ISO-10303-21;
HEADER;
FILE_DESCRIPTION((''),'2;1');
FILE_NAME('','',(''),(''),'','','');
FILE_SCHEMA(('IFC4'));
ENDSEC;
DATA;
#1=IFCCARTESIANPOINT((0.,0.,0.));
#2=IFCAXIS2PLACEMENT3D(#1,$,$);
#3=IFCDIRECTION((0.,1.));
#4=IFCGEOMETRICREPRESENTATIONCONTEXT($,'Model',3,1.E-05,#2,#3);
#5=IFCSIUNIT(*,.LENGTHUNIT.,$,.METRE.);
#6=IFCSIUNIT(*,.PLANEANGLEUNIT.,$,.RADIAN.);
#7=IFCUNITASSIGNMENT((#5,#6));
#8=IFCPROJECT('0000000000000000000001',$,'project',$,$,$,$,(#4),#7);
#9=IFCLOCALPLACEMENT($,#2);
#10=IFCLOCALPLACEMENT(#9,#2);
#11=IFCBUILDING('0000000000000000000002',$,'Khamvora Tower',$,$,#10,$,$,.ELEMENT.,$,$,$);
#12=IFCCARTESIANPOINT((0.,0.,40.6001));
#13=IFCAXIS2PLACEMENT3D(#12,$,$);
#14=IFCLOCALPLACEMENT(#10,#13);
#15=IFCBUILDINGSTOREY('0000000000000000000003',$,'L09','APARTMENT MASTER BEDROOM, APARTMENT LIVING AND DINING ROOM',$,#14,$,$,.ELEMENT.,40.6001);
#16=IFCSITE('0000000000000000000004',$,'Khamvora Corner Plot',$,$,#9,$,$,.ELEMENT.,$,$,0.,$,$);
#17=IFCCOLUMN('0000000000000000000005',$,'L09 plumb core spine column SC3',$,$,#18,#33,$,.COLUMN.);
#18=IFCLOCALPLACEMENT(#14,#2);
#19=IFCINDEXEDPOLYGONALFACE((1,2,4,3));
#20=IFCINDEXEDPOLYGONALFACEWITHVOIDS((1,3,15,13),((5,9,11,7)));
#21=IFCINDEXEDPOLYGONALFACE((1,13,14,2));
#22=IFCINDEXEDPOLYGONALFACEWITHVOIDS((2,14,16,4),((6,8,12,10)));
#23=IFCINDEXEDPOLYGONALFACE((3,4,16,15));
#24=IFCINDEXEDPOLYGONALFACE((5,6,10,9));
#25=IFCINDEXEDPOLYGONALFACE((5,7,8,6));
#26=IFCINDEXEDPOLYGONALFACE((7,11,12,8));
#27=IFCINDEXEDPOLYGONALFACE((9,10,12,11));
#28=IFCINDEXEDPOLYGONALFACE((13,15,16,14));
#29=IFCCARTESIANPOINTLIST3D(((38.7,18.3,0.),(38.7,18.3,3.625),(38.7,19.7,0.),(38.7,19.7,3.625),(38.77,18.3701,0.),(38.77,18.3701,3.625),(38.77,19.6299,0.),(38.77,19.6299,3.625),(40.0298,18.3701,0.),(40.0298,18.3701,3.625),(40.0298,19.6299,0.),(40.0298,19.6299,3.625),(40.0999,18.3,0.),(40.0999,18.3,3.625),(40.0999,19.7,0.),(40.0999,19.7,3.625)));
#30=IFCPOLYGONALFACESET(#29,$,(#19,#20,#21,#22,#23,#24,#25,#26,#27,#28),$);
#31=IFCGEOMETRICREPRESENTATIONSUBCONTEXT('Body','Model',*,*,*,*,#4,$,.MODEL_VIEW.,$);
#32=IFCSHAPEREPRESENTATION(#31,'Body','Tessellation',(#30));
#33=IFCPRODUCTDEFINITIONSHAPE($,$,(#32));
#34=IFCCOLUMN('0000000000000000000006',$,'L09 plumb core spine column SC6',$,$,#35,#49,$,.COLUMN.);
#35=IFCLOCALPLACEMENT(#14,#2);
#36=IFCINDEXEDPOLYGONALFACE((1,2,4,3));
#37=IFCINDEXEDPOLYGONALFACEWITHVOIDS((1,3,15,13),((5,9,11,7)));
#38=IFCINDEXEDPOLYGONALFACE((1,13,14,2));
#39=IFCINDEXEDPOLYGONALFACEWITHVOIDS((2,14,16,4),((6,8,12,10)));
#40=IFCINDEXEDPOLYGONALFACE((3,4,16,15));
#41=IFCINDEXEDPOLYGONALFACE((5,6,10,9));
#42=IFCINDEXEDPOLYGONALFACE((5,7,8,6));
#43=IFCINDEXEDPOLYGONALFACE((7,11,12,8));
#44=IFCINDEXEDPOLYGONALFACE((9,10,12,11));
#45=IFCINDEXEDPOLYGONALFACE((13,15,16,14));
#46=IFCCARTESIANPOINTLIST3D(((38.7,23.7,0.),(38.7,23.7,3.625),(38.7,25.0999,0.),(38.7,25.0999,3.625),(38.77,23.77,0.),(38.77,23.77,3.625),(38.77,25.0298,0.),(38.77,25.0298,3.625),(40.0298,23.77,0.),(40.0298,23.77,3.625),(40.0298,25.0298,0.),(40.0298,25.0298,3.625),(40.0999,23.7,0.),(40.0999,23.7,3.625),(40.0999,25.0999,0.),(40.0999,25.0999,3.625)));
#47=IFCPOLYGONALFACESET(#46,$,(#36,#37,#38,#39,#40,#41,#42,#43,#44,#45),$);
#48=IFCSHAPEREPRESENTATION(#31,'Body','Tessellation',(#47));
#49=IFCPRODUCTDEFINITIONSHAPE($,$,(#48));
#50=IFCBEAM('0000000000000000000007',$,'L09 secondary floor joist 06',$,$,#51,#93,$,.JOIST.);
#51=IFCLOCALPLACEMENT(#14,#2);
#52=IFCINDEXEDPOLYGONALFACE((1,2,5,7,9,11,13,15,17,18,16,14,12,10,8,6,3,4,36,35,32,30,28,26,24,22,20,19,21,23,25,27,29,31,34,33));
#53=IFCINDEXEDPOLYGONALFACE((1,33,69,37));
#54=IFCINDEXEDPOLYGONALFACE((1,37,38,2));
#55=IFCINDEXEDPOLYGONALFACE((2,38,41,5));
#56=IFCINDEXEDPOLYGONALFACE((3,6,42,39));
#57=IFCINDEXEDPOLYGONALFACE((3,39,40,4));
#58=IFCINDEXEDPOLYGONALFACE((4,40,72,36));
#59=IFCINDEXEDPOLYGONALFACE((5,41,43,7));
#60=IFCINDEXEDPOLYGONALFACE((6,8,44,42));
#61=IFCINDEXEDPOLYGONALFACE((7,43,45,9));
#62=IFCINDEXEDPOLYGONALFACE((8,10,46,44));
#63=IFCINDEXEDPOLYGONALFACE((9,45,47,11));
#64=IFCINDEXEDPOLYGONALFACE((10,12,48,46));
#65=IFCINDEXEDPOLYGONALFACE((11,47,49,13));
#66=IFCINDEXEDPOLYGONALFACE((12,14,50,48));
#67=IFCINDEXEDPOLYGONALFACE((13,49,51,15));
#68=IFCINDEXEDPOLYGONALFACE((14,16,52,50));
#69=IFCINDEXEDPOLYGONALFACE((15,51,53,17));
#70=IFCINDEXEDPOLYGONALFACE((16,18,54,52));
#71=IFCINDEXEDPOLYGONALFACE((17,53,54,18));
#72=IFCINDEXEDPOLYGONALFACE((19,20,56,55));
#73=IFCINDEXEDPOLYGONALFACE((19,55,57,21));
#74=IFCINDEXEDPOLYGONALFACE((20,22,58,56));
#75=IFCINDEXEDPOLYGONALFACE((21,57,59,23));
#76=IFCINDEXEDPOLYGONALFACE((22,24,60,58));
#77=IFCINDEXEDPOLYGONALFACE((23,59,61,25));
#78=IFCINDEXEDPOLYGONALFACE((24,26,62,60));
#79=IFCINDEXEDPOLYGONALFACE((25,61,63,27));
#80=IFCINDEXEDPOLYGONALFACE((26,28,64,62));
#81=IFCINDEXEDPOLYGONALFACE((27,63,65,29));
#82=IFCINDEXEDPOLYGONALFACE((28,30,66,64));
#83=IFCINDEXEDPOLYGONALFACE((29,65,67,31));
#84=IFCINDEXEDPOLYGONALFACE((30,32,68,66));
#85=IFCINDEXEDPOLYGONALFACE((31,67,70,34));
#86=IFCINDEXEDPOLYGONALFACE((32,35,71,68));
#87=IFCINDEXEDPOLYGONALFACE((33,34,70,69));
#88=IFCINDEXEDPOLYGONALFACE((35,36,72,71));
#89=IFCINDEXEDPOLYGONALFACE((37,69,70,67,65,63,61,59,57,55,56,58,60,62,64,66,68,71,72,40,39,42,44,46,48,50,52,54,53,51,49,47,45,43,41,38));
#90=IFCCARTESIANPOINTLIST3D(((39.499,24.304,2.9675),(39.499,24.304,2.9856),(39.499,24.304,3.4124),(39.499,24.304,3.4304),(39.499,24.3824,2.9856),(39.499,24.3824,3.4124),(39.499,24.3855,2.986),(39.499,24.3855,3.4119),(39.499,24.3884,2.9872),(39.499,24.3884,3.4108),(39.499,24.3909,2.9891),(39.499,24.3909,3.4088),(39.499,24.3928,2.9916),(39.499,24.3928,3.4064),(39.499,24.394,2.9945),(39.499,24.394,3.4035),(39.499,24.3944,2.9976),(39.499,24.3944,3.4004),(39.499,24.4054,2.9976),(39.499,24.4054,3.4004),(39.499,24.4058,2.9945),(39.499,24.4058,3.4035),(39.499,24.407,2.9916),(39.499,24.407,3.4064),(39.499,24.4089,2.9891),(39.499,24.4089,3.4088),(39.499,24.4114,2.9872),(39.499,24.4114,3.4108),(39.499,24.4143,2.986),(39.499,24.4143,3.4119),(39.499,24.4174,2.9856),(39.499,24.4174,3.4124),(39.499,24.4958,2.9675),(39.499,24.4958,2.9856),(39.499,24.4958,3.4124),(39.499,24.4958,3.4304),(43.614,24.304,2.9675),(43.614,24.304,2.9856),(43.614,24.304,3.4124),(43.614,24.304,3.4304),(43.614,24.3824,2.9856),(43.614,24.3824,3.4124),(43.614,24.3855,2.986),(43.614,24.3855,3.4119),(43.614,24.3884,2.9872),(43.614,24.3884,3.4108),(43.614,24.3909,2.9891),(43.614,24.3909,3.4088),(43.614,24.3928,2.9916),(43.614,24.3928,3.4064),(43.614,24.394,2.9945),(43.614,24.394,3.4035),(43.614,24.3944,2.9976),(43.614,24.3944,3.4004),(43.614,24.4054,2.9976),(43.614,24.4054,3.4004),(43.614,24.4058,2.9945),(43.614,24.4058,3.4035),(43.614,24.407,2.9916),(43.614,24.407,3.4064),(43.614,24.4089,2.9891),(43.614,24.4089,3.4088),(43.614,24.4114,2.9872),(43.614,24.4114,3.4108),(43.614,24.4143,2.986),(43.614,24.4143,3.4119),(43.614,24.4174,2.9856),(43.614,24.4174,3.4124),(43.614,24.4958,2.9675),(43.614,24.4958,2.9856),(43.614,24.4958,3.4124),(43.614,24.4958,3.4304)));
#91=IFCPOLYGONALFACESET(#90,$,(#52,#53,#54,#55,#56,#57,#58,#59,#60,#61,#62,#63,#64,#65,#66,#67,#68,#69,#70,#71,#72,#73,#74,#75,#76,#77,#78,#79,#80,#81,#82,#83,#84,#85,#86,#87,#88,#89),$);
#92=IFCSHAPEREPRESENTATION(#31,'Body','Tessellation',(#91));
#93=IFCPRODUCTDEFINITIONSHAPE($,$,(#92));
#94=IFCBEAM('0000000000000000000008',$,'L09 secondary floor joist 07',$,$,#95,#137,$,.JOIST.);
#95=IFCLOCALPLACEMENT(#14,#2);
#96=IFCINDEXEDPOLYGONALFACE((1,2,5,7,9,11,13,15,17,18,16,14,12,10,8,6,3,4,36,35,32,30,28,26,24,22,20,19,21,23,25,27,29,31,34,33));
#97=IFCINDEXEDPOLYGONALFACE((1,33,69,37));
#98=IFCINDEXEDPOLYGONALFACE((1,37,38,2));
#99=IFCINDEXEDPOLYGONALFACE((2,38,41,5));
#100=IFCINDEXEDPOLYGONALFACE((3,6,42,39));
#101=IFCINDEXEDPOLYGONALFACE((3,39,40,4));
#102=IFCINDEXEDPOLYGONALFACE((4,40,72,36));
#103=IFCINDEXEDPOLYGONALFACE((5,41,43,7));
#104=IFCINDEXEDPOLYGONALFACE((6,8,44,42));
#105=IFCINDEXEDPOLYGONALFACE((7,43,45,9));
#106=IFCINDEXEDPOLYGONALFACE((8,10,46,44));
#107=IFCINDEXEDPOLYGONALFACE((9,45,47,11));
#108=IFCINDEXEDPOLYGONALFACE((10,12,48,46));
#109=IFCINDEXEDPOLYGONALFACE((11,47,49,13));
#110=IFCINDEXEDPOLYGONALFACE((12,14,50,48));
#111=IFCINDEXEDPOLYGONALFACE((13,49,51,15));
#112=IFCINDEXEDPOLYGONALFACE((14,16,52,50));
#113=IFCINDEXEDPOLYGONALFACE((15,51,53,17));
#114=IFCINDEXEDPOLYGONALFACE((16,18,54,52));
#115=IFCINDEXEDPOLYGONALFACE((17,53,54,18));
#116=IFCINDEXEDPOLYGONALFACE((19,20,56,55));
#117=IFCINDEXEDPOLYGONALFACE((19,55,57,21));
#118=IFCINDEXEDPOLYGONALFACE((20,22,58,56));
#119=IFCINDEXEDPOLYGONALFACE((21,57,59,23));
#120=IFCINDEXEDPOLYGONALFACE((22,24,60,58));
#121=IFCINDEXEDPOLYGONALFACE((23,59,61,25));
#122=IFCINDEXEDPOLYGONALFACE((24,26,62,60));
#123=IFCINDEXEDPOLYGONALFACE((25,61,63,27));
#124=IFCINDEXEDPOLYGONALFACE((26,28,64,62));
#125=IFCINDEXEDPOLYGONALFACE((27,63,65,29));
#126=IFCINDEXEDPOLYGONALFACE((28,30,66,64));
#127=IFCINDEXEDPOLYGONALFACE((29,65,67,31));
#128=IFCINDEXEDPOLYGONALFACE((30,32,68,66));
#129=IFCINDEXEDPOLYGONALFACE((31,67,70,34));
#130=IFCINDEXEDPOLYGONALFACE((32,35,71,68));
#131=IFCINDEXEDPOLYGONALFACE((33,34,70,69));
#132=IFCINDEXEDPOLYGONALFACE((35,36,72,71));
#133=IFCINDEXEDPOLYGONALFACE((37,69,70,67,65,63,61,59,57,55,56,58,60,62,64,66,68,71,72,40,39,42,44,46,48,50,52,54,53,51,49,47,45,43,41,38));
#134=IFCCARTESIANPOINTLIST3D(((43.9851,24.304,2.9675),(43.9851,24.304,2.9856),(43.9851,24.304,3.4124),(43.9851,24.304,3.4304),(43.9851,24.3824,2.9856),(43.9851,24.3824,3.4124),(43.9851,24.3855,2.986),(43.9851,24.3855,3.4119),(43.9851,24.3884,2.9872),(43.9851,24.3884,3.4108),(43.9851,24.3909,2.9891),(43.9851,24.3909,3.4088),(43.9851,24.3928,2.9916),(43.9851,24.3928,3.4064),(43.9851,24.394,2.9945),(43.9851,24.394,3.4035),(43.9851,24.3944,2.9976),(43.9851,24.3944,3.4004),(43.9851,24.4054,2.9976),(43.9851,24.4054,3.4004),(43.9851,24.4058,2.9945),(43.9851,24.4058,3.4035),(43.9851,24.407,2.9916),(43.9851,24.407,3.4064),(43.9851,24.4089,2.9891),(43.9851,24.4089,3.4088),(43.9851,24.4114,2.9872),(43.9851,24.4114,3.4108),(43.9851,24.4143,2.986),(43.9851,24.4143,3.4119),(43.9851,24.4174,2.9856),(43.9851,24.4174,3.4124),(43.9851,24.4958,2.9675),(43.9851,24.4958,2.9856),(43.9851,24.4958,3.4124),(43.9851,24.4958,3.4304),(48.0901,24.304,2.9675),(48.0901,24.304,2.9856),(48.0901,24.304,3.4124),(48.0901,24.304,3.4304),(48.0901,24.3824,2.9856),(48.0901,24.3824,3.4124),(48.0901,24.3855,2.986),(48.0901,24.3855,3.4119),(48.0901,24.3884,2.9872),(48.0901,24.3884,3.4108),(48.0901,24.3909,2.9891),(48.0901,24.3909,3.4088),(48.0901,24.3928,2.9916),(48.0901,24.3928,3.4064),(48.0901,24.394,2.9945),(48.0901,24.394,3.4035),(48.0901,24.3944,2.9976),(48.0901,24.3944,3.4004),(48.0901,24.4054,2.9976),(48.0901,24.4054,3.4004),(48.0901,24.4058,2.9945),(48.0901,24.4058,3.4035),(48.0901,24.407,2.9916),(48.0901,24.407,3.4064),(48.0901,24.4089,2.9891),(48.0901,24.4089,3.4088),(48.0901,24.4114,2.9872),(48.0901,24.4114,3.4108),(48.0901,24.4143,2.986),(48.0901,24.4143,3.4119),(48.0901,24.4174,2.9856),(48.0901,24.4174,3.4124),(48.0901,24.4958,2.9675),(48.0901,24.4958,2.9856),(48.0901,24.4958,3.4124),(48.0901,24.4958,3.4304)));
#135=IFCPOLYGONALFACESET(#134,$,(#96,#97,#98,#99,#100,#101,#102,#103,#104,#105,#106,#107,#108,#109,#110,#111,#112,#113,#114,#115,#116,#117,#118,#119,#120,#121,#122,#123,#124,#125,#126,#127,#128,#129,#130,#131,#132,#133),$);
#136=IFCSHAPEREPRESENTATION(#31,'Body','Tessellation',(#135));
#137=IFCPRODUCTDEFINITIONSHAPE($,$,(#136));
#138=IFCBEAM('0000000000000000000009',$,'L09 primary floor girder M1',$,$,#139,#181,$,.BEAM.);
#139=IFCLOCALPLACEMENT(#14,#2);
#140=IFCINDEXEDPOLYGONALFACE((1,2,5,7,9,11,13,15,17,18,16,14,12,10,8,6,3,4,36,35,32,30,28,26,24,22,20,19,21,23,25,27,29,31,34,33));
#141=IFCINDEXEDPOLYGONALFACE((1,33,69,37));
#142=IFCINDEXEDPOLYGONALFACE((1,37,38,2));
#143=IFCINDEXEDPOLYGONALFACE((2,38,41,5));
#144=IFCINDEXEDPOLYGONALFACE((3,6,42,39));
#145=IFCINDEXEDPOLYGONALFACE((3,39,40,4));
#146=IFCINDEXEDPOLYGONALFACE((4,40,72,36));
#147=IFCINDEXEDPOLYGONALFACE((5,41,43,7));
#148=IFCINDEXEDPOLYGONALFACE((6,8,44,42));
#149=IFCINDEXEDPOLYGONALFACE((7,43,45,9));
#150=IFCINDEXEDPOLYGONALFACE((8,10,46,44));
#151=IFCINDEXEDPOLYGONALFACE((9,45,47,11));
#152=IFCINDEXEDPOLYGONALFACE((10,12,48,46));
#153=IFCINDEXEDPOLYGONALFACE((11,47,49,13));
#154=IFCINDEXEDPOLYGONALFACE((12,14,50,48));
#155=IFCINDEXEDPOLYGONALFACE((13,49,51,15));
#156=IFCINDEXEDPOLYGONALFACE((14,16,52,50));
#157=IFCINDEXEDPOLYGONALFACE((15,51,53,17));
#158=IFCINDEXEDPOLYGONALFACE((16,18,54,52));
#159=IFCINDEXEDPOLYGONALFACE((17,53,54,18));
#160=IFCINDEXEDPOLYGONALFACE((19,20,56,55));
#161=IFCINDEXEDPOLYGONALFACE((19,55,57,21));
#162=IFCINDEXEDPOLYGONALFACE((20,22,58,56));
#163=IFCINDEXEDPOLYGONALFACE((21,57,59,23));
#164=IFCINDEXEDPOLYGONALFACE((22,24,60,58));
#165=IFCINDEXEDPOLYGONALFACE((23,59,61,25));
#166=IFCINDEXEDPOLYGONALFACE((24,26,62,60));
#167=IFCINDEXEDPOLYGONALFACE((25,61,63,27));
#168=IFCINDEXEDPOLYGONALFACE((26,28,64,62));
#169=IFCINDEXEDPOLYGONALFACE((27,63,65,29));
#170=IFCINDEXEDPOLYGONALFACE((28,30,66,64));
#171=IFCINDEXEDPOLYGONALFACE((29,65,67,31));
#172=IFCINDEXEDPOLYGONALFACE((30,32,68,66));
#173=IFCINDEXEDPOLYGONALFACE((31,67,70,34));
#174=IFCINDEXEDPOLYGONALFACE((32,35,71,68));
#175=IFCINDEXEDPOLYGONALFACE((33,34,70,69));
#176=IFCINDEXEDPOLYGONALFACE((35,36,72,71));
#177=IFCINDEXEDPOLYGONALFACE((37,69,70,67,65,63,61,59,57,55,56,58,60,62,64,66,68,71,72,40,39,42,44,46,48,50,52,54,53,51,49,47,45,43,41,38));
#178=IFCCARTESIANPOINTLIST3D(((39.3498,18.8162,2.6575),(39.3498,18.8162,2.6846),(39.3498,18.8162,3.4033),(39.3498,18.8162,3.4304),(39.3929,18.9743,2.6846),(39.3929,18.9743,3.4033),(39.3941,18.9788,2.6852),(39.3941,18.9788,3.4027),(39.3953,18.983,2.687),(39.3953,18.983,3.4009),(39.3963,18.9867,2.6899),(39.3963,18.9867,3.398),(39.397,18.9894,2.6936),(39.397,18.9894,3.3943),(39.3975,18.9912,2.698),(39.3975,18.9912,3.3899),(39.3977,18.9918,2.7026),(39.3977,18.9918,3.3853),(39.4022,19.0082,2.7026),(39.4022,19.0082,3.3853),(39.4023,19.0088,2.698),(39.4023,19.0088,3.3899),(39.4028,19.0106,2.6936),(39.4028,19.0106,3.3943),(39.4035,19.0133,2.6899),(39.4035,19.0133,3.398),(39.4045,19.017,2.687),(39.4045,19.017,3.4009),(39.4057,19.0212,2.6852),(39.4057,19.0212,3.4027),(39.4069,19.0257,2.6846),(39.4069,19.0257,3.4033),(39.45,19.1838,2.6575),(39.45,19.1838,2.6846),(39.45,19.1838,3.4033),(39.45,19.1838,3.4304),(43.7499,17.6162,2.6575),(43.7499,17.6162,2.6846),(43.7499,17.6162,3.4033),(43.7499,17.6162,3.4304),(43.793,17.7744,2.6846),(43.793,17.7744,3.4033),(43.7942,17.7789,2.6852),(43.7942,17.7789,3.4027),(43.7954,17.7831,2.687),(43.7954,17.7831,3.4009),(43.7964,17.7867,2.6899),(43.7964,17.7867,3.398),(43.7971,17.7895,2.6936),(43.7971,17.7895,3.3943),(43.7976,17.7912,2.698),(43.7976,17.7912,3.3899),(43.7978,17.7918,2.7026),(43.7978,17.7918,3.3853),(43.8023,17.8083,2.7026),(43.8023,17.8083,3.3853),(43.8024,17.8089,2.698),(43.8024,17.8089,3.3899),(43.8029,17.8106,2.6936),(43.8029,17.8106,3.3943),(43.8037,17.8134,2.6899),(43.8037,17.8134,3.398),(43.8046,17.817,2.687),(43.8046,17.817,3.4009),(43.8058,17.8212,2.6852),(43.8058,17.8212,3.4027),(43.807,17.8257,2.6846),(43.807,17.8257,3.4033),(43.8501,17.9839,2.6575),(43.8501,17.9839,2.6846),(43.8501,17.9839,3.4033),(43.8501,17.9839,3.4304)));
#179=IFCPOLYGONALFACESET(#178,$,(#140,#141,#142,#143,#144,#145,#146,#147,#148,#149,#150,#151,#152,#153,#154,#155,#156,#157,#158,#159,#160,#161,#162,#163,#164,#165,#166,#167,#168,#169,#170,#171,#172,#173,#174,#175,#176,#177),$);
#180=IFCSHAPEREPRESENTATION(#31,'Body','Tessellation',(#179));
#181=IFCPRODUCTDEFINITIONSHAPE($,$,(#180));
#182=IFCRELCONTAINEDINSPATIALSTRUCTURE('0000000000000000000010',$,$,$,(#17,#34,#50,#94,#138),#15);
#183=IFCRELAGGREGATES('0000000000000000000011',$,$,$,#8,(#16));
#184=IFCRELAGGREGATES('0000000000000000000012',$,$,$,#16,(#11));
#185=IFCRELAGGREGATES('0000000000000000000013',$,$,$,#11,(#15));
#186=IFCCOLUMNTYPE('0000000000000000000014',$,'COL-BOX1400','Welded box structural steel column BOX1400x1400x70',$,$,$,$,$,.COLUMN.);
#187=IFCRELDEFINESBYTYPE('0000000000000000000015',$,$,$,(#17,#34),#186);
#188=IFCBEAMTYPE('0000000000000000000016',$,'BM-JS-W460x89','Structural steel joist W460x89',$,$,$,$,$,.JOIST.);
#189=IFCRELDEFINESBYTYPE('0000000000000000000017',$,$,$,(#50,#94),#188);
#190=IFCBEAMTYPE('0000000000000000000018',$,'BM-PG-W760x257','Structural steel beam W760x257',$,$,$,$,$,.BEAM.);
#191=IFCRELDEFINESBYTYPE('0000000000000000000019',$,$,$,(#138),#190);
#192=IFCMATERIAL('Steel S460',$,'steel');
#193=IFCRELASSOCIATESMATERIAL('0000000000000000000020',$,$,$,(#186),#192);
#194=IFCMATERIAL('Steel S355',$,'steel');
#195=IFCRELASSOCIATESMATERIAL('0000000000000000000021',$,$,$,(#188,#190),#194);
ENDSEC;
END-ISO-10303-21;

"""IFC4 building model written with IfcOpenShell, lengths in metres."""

from ifc_helpers import new_model, si_unit, direction, frame, origin, origin_2d, place, context, subcontext, project, spatial, hollow_rectangle, i_section, extrude, material, material_profile, profile_set, type_object, element, save


model = new_model("IFC4")

# Units and contexts
model_context = context("Model", 3, precision=1e-05, world=origin(), true_north=direction((0.0, 1.0)))
body_context = subcontext(model_context, "Body", "Model", "MODEL_VIEW")
ifc_project = project(units=[si_unit("LENGTHUNIT", "METRE"), si_unit("PLANEANGLEUNIT", "RADIAN")], contexts=[model_context])

# Site, building, storey
site_placement = place(None, origin())
site = spatial("IfcSite", under=ifc_project, at=site_placement, Name="Khamvora Corner Plot", CompositionType="ELEMENT", RefElevation=0.0)
building_placement = place(site_placement, origin())
building = spatial("IfcBuilding", under=site, at=building_placement, Name="Khamvora Tower", CompositionType="ELEMENT")
storey_placement = place(building_placement, frame((0.0, 0.0, 40.6001)))
storey = spatial("IfcBuildingStorey", under=building, at=storey_placement, Name="L09", Description="APARTMENT MASTER BEDROOM, APARTMENT LIVING AND DINING ROOM", CompositionType="ELEMENT", Elevation=40.6001)

# Columns
ifc_material_1 = material(Name="Steel S460", Category="steel")
ifc_material_profile_1 = material_profile(ifc_material_1, hollow_rectangle(XDim=1.3999, YDim=1.3999, WallThickness=0.0701, at=origin_2d()), Name="BOX1400x1400x70")
ifc_profile_set_1 = profile_set([ifc_material_profile_1], Name="Steel S460")
column_type = type_object("IfcColumnType", Name="COL-BOX1400", Description="Welded box structural steel column BOX1400x1400x70", PredefinedType="COLUMN", material=ifc_profile_set_1)
for number, where, z_axis, x_axis, name in (
    (1, (39.3999, 19.0, 0.0), (0.0, 0.0, 1.0), (1.0, 0.0, 0.0), "L09 plumb core spine column SC3"),
    (2, (39.3999, 24.3999, 0.0), (0.0, 0.0, 1.0), (1.0, 0.0, 0.0), "L09 plumb core spine column SC6"),
):
    element("IfcColumn", number, at=place(storey_placement, frame(where, z_axis=z_axis, x_axis=x_axis)), inside=storey, type_object=column_type, Name=name, PredefinedType="COLUMN", context=body_context, shape_type="SweptSolid", body=[
        extrude(hollow_rectangle(XDim=1.3999, YDim=1.3999, WallThickness=0.0701, at=origin_2d()), origin(), (0.0, 0.0, 1.0), 3.625),
    ])

# Beams
ifc_material_2 = material(Name="Steel S355", Category="steel")
ifc_material_profile_2 = material_profile(ifc_material_2, i_section(OverallWidth=0.1919, OverallDepth=0.4629, WebThickness=0.011, FlangeThickness=0.0181, FilletRadius=0.012, at=origin_2d()), Name="W460x89")
ifc_profile_set_2 = profile_set([ifc_material_profile_2], Name="Steel S355")
beam_type_1 = type_object("IfcBeamType", Name="BM-JS-W460x89", Description="Structural steel joist W460x89", PredefinedType="JOIST", material=ifc_profile_set_2)
beam_1_placement = place(storey_placement, frame((39.499, 24.3999, 3.199), z_axis=(1.0, 0.0, 0.0), x_axis=(0.0, 1.0, 0.0)))
element("IfcBeam", 3, at=beam_1_placement, inside=storey, type_object=beam_type_1, Name="L09 secondary floor joist 06", PredefinedType="JOIST", context=body_context, shape_type="SweptSolid", body=[
    extrude(i_section(OverallWidth=0.1919, OverallDepth=0.4629, WebThickness=0.011, FlangeThickness=0.0181, FilletRadius=0.012, at=origin_2d()), origin(), (0.0, 0.0, 1.0), 4.115),
])
beam_2_placement = place(storey_placement, frame((43.9851, 24.3999, 3.199), z_axis=(1.0, 0.0, 0.0), x_axis=(0.0, 1.0, 0.0)))
element("IfcBeam", 4, at=beam_2_placement, inside=storey, type_object=beam_type_1, Name="L09 secondary floor joist 07", PredefinedType="JOIST", context=body_context, shape_type="SweptSolid", body=[
    extrude(i_section(OverallWidth=0.1919, OverallDepth=0.4629, WebThickness=0.011, FlangeThickness=0.0181, FilletRadius=0.012, at=origin_2d()), origin(), (0.0, 0.0, 1.0), 4.105),
])
ifc_material_profile_3 = material_profile(ifc_material_2, i_section(OverallWidth=0.3811, OverallDepth=0.7729, WebThickness=0.0171, FlangeThickness=0.0271, FilletRadius=0.0181, at=origin_2d()), Name="W760x257")
ifc_profile_set_3 = profile_set([ifc_material_profile_3], Name="Steel S355")
beam_type_2 = type_object("IfcBeamType", Name="BM-PG-W760x257", Description="Structural steel beam W760x257", PredefinedType="BEAM", material=ifc_profile_set_3)
beam_3_placement = place(storey_placement, frame((39.3999, 19.0, 3.0439), z_axis=(0.964769, -0.263099, 0.0), x_axis=(0.263099, 0.964769, 0.0)))
element("IfcBeam", 5, at=beam_3_placement, inside=storey, type_object=beam_type_2, Name="L09 primary floor girder M1", PredefinedType="BEAM", context=body_context, shape_type="SweptSolid", body=[
    extrude(i_section(OverallWidth=0.3811, OverallDepth=0.7729, WebThickness=0.0171, FlangeThickness=0.0271, FilletRadius=0.0181, at=origin_2d()), origin(), (0.0, 0.0, 1.0), 4.5608),
])

save(model, "model.ifc")
